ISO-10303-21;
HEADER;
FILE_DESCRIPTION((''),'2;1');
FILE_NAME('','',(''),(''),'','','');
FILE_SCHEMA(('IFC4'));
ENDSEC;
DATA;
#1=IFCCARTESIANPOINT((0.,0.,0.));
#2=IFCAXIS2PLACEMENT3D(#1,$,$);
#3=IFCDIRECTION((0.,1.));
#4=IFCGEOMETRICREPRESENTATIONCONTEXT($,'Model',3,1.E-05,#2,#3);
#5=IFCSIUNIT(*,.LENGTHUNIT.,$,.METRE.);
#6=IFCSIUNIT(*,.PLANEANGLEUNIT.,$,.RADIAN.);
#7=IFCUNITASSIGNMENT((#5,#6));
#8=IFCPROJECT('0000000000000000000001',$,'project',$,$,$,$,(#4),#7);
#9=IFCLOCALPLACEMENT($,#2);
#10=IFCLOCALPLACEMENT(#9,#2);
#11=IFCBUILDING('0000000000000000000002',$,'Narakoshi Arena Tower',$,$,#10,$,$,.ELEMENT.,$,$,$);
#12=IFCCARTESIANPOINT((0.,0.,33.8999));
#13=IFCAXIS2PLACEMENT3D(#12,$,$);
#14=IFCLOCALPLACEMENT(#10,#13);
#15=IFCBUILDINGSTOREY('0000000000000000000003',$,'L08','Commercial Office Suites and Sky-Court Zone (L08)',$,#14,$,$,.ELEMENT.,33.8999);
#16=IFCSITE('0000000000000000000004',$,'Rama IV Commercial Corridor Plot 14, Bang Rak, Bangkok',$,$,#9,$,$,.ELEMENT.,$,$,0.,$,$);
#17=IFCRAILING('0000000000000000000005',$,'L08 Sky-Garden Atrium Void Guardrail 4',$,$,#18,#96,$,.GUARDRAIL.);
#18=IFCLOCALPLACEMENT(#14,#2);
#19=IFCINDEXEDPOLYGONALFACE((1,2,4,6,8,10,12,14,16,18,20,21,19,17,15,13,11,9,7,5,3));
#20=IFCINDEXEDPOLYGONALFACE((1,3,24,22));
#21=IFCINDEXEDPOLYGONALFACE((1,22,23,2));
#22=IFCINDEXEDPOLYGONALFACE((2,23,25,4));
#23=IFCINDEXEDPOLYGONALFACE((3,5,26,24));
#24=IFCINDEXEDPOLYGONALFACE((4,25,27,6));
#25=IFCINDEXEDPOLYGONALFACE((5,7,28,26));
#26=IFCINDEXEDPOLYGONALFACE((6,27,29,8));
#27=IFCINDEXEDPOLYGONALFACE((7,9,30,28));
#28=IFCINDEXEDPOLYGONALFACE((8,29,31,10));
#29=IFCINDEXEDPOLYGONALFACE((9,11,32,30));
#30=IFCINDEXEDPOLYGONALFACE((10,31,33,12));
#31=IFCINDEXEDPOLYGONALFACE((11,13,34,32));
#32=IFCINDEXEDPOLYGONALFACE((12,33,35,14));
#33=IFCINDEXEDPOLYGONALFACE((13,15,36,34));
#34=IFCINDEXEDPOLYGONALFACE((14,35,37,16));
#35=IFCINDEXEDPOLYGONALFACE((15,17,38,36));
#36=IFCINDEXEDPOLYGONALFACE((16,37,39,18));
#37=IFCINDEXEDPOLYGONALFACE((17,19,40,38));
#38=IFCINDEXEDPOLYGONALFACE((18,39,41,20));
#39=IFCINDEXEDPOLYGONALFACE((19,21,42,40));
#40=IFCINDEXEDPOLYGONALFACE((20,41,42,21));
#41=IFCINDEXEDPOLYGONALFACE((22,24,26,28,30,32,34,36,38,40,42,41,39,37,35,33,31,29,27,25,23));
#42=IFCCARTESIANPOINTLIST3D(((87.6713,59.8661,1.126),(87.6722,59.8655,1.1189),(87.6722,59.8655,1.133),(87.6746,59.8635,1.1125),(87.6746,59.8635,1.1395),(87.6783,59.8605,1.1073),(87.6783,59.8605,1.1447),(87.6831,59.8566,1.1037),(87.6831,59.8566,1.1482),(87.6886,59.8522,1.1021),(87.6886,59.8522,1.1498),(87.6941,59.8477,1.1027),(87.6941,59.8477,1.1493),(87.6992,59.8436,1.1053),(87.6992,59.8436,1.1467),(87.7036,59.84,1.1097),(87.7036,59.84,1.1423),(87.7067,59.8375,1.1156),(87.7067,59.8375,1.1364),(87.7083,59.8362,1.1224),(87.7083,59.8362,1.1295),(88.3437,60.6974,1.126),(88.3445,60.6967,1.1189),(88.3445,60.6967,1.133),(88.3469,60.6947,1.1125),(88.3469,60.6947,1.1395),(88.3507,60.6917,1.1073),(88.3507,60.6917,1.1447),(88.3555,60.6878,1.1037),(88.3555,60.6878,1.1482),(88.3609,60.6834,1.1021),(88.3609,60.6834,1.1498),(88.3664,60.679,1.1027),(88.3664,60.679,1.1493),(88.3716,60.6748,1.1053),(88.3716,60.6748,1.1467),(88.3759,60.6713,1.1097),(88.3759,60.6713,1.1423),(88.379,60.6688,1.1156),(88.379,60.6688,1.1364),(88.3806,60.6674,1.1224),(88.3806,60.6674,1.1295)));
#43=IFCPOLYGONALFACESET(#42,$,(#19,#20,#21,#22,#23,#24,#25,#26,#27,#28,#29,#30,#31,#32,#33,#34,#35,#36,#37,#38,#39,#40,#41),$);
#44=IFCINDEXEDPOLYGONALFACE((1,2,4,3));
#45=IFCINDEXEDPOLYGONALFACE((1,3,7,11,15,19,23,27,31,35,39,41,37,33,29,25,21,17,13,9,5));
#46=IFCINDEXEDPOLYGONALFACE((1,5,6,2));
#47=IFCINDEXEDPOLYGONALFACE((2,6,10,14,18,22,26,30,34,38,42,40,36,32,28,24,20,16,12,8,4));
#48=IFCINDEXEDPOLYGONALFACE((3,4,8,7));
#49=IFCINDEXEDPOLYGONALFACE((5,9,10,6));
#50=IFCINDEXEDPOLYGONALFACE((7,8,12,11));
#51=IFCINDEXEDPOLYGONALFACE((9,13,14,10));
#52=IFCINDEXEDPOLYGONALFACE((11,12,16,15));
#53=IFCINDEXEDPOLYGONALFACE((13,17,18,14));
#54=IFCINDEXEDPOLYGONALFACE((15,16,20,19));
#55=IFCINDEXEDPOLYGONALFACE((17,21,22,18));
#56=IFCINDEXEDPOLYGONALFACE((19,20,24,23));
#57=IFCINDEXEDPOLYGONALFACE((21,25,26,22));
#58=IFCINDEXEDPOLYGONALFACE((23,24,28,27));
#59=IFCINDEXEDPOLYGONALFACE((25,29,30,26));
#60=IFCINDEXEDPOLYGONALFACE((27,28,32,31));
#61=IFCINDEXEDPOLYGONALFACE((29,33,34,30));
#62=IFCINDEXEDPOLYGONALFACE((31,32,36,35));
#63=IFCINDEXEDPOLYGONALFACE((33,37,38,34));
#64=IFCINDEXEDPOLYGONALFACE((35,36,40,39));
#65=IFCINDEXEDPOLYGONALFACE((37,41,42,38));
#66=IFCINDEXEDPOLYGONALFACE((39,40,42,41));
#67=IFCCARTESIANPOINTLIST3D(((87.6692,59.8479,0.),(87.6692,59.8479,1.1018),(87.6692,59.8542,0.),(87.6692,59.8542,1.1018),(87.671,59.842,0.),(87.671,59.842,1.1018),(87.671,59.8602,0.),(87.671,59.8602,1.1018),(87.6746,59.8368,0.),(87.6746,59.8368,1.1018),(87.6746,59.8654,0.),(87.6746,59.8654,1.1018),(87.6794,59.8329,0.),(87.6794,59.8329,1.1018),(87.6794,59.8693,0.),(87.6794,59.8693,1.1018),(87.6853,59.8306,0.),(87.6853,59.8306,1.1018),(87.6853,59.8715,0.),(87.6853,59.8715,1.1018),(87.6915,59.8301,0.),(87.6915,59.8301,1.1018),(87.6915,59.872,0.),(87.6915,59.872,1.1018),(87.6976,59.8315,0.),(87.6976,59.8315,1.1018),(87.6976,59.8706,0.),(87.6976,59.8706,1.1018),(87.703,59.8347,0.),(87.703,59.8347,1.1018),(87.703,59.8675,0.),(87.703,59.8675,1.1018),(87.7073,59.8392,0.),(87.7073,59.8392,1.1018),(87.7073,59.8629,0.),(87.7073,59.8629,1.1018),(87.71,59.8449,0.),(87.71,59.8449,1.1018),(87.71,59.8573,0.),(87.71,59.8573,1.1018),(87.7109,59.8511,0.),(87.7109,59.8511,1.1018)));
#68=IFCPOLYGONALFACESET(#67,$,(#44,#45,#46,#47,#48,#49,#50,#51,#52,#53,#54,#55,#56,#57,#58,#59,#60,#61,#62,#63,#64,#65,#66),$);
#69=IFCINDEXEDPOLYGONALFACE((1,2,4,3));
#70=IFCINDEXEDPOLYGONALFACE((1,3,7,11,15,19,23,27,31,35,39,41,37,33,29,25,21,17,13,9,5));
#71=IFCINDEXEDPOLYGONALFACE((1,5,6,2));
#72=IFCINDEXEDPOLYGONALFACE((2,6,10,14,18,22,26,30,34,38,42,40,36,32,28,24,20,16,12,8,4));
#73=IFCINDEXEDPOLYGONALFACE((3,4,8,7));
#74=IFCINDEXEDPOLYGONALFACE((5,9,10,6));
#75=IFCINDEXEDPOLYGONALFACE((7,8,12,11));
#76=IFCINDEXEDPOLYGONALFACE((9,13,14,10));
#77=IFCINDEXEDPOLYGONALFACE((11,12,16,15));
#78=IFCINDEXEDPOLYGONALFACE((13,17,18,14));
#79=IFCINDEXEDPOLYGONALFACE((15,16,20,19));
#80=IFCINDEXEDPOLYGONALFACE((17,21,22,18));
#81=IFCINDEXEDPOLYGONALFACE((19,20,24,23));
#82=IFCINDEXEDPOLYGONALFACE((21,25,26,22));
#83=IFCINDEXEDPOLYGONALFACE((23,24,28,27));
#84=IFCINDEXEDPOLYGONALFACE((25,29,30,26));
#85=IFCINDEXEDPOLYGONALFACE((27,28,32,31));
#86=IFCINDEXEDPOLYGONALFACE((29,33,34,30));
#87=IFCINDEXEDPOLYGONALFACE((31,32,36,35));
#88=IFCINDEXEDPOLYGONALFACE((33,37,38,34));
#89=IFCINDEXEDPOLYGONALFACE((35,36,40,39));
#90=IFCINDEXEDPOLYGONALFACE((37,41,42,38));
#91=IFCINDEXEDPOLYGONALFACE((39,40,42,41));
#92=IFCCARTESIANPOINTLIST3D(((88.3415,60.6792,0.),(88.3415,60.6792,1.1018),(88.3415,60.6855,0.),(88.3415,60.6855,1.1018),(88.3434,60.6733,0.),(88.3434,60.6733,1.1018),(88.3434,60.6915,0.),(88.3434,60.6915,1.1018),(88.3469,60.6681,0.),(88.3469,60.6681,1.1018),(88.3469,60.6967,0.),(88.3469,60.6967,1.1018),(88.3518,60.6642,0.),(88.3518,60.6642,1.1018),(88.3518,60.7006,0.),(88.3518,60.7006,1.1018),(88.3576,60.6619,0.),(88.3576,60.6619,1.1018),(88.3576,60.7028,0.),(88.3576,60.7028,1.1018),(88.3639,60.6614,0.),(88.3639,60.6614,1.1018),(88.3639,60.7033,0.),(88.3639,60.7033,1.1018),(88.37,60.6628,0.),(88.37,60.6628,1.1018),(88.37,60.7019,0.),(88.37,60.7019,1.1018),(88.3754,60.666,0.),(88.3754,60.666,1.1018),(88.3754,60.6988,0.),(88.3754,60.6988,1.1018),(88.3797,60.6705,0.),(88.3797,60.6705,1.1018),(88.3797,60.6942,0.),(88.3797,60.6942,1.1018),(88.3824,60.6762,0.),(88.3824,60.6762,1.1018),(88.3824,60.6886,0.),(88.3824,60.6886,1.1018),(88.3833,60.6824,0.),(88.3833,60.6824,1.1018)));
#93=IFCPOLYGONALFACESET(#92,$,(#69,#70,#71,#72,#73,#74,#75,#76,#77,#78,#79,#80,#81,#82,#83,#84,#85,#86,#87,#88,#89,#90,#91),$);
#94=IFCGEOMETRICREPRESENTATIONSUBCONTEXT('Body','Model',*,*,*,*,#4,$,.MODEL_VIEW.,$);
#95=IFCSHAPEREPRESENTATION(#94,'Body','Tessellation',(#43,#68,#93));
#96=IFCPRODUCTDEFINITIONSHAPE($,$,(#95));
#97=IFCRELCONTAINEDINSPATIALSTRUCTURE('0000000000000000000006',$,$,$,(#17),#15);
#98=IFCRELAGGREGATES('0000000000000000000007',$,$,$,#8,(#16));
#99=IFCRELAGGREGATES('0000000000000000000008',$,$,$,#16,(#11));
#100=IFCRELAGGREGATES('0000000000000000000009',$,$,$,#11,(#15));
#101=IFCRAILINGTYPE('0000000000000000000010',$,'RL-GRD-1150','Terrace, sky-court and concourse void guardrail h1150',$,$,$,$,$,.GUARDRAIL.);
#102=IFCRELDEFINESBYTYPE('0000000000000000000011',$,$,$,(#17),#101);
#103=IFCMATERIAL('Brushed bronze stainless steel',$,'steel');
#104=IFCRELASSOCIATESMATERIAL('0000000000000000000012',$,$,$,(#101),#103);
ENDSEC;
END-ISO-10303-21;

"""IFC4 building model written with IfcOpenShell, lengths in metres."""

from ifc_helpers import new_model, si_unit, direction, frame, origin, origin_2d, place, context, subcontext, project, spatial, circle, extrude, material, type_object, element, save


model = new_model("IFC4")

# Units and contexts
model_context = context("Model", 3, precision=1e-05, world=origin(), true_north=direction((0.0, 1.0)))
body_context = subcontext(model_context, "Body", "Model", "MODEL_VIEW")
ifc_project = project(units=[si_unit("LENGTHUNIT", "METRE"), si_unit("PLANEANGLEUNIT", "RADIAN")], contexts=[model_context])

# Site, building, storey
site_placement = place(None, origin())
site = spatial("IfcSite", under=ifc_project, at=site_placement, Name="Rama IV Commercial Corridor Plot 14, Bang Rak, Bangkok", CompositionType="ELEMENT", RefElevation=0.0)
building_placement = place(site_placement, origin())
building = spatial("IfcBuilding", under=site, at=building_placement, Name="Narakoshi Arena Tower", CompositionType="ELEMENT")
storey_placement = place(building_placement, frame((0.0, 0.0, 33.8999)))
storey = spatial("IfcBuildingStorey", under=building, at=storey_placement, Name="L08", Description="Commercial Office Suites and Sky-Court Zone (L08)", CompositionType="ELEMENT", Elevation=33.8999)

# Railing
ifc_material_1 = material(Name="Brushed bronze stainless steel", Category="steel")
railing_type = type_object("IfcRailingType", Name="RL-GRD-1150", Description="Terrace, sky-court and concourse void guardrail h1150", PredefinedType="GUARDRAIL", material=ifc_material_1)
railing_1_placement = place(storey_placement, frame((87.6899, 59.8511, 0.0)))
element("IfcRailing", 1, at=railing_1_placement, inside=storey, type_object=railing_type, Name="L08 Sky-Garden Atrium Void Guardrail 4", PredefinedType="GUARDRAIL", context=body_context, shape_type="SweptSolid", body=[
    extrude(circle(Radius=0.0239, at=origin_2d()), frame((0.0, 0.0, 1.126), z_axis=(0.628863, 0.777516, 0.0), x_axis=(-0.777516, 0.628863, 0.0)), (0.0, 0.0, 1.0), 1.0691),
    extrude(circle(Radius=0.021, at=origin_2d()), origin(), (0.0, 0.0, 1.0), 1.1018),
    extrude(circle(Radius=0.021, at=origin_2d()), frame((0.6724, 0.8313, 0.0)), (0.0, 0.0, 1.0), 1.1018),
])

save(model, "model.ifc")
